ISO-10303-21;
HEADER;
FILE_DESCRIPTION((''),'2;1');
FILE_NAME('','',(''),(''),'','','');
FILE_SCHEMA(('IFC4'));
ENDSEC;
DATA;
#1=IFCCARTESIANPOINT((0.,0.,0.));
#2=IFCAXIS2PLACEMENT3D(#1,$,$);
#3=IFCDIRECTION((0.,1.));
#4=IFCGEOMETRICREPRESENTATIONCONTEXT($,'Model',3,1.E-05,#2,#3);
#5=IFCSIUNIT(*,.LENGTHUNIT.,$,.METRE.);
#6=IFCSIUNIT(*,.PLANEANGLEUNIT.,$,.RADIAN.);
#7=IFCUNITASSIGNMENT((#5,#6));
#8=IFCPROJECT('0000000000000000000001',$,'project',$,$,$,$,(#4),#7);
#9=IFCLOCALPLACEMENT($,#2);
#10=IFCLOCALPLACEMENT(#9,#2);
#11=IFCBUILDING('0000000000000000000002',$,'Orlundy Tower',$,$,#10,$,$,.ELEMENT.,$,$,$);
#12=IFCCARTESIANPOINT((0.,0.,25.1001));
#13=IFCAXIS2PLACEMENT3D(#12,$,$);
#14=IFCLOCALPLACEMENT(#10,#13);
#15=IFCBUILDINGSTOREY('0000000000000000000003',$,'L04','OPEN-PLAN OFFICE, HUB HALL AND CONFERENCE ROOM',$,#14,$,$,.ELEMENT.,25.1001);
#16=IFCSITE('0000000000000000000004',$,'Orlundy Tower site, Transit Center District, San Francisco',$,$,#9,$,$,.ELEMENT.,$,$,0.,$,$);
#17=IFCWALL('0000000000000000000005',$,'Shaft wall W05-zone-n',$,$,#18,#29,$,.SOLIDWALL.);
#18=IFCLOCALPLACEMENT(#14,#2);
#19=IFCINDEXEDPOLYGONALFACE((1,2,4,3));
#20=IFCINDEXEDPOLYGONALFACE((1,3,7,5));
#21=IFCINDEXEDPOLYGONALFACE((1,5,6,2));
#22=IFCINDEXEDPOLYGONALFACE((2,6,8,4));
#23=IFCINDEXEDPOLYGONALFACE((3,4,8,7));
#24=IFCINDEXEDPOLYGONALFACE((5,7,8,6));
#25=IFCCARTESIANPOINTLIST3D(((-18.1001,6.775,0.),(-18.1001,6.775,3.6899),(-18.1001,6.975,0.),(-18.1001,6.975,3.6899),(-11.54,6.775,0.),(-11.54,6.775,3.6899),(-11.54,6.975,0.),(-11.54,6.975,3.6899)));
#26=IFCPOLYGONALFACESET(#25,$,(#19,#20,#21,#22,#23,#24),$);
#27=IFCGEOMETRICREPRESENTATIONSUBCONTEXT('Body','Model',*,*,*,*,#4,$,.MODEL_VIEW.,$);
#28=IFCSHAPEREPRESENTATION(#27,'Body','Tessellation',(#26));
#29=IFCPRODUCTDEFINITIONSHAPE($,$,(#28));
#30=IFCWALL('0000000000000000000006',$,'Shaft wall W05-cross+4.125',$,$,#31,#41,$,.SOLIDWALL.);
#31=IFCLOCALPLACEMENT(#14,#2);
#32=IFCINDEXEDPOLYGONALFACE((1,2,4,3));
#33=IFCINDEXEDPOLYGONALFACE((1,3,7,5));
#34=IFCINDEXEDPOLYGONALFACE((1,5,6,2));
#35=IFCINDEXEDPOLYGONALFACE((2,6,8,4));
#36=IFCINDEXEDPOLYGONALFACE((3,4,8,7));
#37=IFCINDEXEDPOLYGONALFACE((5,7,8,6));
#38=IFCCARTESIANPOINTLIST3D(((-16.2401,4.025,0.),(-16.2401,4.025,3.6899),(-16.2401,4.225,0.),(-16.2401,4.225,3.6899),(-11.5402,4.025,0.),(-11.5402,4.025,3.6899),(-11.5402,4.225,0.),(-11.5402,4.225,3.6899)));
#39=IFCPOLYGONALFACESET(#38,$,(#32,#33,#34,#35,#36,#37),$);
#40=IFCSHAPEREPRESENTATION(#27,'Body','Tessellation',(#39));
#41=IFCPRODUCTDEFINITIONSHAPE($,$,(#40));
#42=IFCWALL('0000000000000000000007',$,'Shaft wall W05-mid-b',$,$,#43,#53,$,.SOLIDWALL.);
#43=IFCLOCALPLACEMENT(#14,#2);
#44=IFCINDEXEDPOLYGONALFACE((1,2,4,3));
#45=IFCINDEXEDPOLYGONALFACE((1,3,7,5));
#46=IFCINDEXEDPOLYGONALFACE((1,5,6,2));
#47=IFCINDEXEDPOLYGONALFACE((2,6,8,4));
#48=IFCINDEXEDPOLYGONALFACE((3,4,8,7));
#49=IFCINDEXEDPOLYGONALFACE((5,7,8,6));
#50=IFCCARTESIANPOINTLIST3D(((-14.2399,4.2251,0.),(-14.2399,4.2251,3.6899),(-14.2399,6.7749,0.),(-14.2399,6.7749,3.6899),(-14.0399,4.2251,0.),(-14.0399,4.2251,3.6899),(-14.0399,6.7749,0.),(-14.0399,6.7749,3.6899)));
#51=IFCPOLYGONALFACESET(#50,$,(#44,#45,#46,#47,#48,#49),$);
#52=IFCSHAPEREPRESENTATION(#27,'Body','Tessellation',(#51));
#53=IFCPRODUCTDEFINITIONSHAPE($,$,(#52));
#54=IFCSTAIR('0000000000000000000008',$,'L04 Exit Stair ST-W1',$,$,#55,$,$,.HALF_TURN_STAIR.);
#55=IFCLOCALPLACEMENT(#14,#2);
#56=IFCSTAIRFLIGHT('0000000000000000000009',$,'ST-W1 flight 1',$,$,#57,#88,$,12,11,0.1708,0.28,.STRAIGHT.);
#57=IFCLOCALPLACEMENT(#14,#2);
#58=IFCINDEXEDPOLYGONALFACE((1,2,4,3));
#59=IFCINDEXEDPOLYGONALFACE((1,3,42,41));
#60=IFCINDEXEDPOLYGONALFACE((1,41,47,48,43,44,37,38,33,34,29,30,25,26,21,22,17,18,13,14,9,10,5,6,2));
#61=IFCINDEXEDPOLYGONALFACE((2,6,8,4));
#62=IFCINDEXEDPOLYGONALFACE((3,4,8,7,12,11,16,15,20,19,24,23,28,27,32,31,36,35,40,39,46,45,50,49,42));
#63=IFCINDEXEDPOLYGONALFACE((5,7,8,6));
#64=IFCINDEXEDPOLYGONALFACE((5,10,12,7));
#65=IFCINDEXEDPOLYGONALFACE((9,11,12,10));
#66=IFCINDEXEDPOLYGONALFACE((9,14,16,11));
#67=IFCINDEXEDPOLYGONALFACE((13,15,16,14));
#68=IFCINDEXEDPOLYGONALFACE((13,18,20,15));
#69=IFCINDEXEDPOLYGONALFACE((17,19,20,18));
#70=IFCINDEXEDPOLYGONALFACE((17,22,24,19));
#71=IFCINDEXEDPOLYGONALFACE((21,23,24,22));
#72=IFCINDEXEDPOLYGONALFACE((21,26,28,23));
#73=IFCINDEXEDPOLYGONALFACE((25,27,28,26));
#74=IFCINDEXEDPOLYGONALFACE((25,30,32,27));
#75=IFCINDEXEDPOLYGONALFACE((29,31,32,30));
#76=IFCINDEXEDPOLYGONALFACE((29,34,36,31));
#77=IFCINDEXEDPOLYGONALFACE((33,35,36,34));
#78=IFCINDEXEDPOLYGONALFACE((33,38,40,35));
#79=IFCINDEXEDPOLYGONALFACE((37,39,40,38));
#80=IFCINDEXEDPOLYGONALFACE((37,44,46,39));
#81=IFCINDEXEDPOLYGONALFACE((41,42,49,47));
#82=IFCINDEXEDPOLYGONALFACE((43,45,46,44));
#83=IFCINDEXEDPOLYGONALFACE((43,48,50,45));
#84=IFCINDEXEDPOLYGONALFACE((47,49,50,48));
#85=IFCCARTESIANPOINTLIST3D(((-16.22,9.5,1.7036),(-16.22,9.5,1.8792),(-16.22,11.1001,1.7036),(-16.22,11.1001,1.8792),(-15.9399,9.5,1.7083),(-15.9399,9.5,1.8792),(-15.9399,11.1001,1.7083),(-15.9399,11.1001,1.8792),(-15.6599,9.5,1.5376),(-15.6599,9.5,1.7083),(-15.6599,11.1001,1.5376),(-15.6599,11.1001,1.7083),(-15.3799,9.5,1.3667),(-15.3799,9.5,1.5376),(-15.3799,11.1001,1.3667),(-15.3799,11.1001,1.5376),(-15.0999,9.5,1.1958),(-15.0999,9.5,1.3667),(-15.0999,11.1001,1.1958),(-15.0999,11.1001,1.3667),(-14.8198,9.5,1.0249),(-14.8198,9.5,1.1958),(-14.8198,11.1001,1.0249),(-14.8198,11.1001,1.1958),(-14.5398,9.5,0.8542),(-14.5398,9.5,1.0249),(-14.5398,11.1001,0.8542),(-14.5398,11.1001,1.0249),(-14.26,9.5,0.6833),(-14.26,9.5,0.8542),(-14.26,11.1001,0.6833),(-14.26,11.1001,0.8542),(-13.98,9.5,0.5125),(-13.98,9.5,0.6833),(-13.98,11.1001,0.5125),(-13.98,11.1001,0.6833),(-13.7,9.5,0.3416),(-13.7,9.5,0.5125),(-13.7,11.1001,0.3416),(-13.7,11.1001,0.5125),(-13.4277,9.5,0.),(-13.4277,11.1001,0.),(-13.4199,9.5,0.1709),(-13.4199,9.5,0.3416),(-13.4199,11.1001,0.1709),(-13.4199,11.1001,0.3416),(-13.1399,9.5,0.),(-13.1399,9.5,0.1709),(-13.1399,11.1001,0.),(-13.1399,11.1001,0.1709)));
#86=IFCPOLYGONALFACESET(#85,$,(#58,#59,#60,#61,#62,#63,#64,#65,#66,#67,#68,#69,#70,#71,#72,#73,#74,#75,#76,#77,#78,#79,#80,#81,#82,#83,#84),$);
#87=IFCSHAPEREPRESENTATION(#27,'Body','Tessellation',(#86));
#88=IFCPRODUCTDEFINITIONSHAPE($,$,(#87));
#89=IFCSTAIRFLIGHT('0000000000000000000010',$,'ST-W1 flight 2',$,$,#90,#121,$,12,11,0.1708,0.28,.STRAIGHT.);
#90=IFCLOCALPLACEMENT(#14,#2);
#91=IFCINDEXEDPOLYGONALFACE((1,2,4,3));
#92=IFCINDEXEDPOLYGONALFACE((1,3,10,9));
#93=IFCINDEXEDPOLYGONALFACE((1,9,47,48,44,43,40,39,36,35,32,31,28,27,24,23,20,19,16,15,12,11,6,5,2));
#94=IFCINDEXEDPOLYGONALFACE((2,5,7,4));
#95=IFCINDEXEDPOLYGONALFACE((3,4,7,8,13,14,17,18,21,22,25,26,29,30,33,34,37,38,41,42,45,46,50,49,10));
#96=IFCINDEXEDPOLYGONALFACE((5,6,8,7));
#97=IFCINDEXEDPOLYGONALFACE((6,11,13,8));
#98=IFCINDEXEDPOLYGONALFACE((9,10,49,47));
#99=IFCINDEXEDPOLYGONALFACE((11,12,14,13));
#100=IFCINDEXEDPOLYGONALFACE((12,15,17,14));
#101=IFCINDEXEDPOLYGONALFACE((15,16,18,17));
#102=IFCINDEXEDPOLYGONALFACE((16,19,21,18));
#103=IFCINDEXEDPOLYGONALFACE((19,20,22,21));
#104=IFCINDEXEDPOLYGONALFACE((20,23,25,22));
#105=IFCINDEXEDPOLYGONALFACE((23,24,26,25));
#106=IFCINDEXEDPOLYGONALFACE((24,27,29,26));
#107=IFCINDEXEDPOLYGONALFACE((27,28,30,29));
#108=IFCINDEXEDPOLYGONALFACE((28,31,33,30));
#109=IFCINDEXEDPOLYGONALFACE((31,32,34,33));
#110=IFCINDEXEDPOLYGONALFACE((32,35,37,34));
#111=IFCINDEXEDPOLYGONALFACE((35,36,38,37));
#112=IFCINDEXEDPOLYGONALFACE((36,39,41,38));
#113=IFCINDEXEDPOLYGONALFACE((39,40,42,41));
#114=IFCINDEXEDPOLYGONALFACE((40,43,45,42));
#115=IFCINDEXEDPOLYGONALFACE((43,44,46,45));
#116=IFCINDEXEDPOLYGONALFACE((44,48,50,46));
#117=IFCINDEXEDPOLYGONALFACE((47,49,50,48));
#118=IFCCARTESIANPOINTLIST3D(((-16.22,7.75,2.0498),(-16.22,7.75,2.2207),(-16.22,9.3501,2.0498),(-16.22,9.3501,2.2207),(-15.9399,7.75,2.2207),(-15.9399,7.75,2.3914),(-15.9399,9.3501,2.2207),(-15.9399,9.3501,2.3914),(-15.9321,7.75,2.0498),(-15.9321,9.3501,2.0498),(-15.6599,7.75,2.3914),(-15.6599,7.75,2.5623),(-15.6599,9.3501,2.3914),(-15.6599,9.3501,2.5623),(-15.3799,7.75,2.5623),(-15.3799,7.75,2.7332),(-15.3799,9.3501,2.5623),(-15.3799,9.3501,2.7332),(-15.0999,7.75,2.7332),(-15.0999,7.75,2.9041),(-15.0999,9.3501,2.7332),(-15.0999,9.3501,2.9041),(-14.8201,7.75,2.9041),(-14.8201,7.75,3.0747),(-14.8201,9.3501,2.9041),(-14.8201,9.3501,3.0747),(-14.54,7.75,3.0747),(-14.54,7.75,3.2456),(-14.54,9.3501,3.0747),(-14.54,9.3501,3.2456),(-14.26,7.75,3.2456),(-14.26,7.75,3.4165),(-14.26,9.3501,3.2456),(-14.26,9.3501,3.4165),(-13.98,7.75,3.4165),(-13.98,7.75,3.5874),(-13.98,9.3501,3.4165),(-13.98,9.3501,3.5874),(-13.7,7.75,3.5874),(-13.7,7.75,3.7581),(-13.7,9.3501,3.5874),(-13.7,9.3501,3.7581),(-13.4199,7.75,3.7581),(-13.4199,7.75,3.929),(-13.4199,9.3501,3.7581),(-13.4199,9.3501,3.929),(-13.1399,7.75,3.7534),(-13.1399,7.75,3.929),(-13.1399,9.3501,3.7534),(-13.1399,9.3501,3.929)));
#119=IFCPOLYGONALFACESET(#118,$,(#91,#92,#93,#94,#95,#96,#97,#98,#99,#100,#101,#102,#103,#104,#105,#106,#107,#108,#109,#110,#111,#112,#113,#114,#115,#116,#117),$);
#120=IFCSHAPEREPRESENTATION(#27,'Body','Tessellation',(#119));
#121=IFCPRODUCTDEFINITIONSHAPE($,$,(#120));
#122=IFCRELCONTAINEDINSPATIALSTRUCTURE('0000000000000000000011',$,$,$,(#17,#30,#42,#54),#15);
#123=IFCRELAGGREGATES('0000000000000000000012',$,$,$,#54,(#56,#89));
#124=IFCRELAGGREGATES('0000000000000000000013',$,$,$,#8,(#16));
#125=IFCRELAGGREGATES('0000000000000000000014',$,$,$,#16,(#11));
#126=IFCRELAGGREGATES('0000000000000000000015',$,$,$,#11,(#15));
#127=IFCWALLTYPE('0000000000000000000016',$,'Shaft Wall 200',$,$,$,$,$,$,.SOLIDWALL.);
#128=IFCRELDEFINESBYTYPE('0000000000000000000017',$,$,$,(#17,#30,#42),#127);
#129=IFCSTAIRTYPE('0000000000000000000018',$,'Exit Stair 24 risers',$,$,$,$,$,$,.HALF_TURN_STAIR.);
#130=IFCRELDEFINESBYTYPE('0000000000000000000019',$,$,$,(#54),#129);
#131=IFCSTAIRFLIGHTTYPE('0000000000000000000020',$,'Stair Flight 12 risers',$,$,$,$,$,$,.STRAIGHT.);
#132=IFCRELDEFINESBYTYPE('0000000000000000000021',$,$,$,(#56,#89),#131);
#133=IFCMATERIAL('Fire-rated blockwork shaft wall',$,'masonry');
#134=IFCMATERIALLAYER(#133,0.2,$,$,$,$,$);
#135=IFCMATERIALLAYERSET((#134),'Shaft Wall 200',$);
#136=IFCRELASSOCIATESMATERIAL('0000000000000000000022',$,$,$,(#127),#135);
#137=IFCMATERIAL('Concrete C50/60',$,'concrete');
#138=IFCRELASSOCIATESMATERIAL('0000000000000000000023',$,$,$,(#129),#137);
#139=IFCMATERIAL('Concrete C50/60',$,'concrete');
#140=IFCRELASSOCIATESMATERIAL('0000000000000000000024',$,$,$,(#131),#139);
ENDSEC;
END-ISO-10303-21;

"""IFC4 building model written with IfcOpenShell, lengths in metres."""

from ifc_helpers import new_model, si_unit, direction, frame, frame_2d, origin, place, context, subcontext, project, spatial, polyline, rectangle, outline, extrude, material, layer, layer_set, type_object, element, aggregate, save


model = new_model("IFC4")

# Units and contexts
model_context = context("Model", 3, precision=1e-05, world=origin(), true_north=direction((0.0, 1.0)))
body_context = subcontext(model_context, "Body", "Model", "MODEL_VIEW")
ifc_project = project(units=[si_unit("LENGTHUNIT", "METRE"), si_unit("PLANEANGLEUNIT", "RADIAN")], contexts=[model_context])

# Site, building, storey
site_placement = place(None, origin())
site = spatial("IfcSite", under=ifc_project, at=site_placement, Name="Orlundy Tower site, Transit Center District, San Francisco", CompositionType="ELEMENT", RefElevation=0.0)
building_placement = place(site_placement, origin())
building = spatial("IfcBuilding", under=site, at=building_placement, Name="Orlundy Tower", CompositionType="ELEMENT")
storey_placement = place(building_placement, frame((0.0, 0.0, 25.1001)))
storey = spatial("IfcBuildingStorey", under=building, at=storey_placement, Name="L04", Description="OPEN-PLAN OFFICE, HUB HALL AND CONFERENCE ROOM", CompositionType="ELEMENT", Elevation=25.1001)

# Walls
ifc_material_1 = material(Name="Fire-rated blockwork shaft wall", Category="masonry")
ifc_layer_1 = layer(ifc_material_1, 0.2)
ifc_layer_set_1 = layer_set([ifc_layer_1], Name="Shaft Wall 200")
wall_type_1 = type_object("IfcWallType", Name="Shaft Wall 200", PredefinedType="SOLIDWALL", material=ifc_layer_set_1)
wall_1_placement = place(storey_placement, frame((-11.54, 6.875, 0.0), z_axis=(0.0, 0.0, 1.0), x_axis=(-1.0, 0.0, 0.0)))
element("IfcWall", 1, at=wall_1_placement, inside=storey, type_object=wall_type_1, Name="Shaft wall W05-zone-n", PredefinedType="SOLIDWALL", context=body_context, shape_type="SweptSolid", body=[
    extrude(rectangle(XDim=6.5601, YDim=0.2, at=frame_2d((3.28, 0.0))), origin(), (0.0, 0.0, 1.0), 3.6899),
])
wall_2_placement = place(storey_placement, frame((-11.54, 4.125, 0.0), z_axis=(0.0, 0.0, 1.0), x_axis=(-1.0, 0.0, 0.0)))
element("IfcWall", 2, at=wall_2_placement, inside=storey, type_object=wall_type_1, Name="Shaft wall W05-cross+4.125", PredefinedType="SOLIDWALL", context=body_context, shape_type="SweptSolid", body=[
    extrude(rectangle(XDim=4.7, YDim=0.2, at=frame_2d((2.3501, 0.0))), origin(), (0.0, 0.0, 1.0), 3.6899),
])
wall_3_placement = place(storey_placement, frame((-14.1399, 4.2251, 0.0), z_axis=(0.0, 0.0, 1.0), x_axis=(0.0, 1.0, 0.0)))
element("IfcWall", 3, at=wall_3_placement, inside=storey, type_object=wall_type_1, Name="Shaft wall W05-mid-b", PredefinedType="SOLIDWALL", context=body_context, shape_type="SweptSolid", body=[
    extrude(rectangle(XDim=2.5498, YDim=0.2, at=frame_2d((1.2749, 0.0))), origin(), (0.0, 0.0, 1.0), 3.6899),
])

# Stair, stair flights
ifc_material_2 = material(Name="Concrete C50/60", Category="concrete")
stair_type = type_object("IfcStairType", Name="Exit Stair 24 risers", PredefinedType="HALF_TURN_STAIR", material=ifc_material_2)
stair_placement = place(storey_placement, origin())
stair = element("IfcStair", 4, at=stair_placement, inside=storey, type_object=stair_type, Name="L04 Exit Stair ST-W1", PredefinedType="HALF_TURN_STAIR")
ifc_material_3 = material(Name="Concrete C50/60", Category="concrete")
stair_flight_type = type_object("IfcStairFlightType", Name="Stair Flight 12 risers", PredefinedType="STRAIGHT", material=ifc_material_3)
stair_flight_1_placement = place(storey_placement, frame((-13.1399, 10.3, 0.0), z_axis=(0.0, 0.0, 1.0), x_axis=(-1.0, 0.0, 0.0)))
stair_flight_1 = element("IfcStairFlight", 5, at=stair_flight_1_placement, type_object=stair_flight_type, Name="ST-W1 flight 1", NumberOfRisers=12, NumberOfTreads=11, PredefinedType="STRAIGHT", RiserHeight=0.1708, TreadLength=0.28, context=body_context, shape_type="SweptSolid", body=[
    extrude(outline(polyline([(0.0, 0.0), (0.0, 0.1709), (0.28, 0.1709), (0.28, 0.3416), (0.5601, 0.3416), (0.5601, 0.5125), (0.8401, 0.5125), (0.8401, 0.6833), (1.1201, 0.6833), (1.1201, 0.8542), (1.3999, 0.8542), (1.3999, 1.0249), (1.6799, 1.0249), (1.6799, 1.1958), (1.96, 1.1958), (1.96, 1.3667), (2.24, 1.3667), (2.24, 1.5376), (2.52, 1.5376), (2.52, 1.7083), (2.8, 1.7083), (2.8, 1.8792), (3.0801, 1.8792), (3.0801, 2.05), (3.0801, 1.7036), (0.2878, 0.0), (0.0, 0.0)])), frame((0.0, 0.8, 0.0), z_axis=(0.0, -1.0, 0.0), x_axis=(1.0, 0.0, 0.0)), (0.0, 0.0, 1.0), 1.6001),
])
stair_flight_2_placement = place(storey_placement, frame((-16.22, 8.55, 2.0498), z_axis=(0.0, 0.0, 1.0), x_axis=(1.0, 0.0, 0.0)))
stair_flight_2 = element("IfcStairFlight", 6, at=stair_flight_2_placement, type_object=stair_flight_type, Name="ST-W1 flight 2", NumberOfRisers=12, NumberOfTreads=11, PredefinedType="STRAIGHT", RiserHeight=0.1708, TreadLength=0.28, context=body_context, shape_type="SweptSolid", body=[
    extrude(outline(polyline([(0.0, 0.0), (0.0, 0.1709), (0.28, 0.1709), (0.28, 0.3416), (0.5601, 0.3416), (0.5601, 0.5125), (0.8401, 0.5125), (0.8401, 0.6833), (1.1201, 0.6833), (1.1201, 0.8542), (1.3999, 0.8542), (1.3999, 1.0249), (1.6799, 1.0249), (1.6799, 1.1958), (1.96, 1.1958), (1.96, 1.3667), (2.24, 1.3667), (2.24, 1.5376), (2.52, 1.5376), (2.52, 1.7083), (2.8, 1.7083), (2.8, 1.8792), (3.0801, 1.8792), (3.0801, 2.05), (3.0801, 1.7036), (0.2878, 0.0), (0.0, 0.0)])), frame((0.0, 0.8, 0.0), z_axis=(0.0, -1.0, 0.0), x_axis=(1.0, 0.0, 0.0)), (0.0, 0.0, 1.0), 1.6001),
])
aggregate(stair, [stair_flight_1, stair_flight_2])

save(model, "model.ifc")
